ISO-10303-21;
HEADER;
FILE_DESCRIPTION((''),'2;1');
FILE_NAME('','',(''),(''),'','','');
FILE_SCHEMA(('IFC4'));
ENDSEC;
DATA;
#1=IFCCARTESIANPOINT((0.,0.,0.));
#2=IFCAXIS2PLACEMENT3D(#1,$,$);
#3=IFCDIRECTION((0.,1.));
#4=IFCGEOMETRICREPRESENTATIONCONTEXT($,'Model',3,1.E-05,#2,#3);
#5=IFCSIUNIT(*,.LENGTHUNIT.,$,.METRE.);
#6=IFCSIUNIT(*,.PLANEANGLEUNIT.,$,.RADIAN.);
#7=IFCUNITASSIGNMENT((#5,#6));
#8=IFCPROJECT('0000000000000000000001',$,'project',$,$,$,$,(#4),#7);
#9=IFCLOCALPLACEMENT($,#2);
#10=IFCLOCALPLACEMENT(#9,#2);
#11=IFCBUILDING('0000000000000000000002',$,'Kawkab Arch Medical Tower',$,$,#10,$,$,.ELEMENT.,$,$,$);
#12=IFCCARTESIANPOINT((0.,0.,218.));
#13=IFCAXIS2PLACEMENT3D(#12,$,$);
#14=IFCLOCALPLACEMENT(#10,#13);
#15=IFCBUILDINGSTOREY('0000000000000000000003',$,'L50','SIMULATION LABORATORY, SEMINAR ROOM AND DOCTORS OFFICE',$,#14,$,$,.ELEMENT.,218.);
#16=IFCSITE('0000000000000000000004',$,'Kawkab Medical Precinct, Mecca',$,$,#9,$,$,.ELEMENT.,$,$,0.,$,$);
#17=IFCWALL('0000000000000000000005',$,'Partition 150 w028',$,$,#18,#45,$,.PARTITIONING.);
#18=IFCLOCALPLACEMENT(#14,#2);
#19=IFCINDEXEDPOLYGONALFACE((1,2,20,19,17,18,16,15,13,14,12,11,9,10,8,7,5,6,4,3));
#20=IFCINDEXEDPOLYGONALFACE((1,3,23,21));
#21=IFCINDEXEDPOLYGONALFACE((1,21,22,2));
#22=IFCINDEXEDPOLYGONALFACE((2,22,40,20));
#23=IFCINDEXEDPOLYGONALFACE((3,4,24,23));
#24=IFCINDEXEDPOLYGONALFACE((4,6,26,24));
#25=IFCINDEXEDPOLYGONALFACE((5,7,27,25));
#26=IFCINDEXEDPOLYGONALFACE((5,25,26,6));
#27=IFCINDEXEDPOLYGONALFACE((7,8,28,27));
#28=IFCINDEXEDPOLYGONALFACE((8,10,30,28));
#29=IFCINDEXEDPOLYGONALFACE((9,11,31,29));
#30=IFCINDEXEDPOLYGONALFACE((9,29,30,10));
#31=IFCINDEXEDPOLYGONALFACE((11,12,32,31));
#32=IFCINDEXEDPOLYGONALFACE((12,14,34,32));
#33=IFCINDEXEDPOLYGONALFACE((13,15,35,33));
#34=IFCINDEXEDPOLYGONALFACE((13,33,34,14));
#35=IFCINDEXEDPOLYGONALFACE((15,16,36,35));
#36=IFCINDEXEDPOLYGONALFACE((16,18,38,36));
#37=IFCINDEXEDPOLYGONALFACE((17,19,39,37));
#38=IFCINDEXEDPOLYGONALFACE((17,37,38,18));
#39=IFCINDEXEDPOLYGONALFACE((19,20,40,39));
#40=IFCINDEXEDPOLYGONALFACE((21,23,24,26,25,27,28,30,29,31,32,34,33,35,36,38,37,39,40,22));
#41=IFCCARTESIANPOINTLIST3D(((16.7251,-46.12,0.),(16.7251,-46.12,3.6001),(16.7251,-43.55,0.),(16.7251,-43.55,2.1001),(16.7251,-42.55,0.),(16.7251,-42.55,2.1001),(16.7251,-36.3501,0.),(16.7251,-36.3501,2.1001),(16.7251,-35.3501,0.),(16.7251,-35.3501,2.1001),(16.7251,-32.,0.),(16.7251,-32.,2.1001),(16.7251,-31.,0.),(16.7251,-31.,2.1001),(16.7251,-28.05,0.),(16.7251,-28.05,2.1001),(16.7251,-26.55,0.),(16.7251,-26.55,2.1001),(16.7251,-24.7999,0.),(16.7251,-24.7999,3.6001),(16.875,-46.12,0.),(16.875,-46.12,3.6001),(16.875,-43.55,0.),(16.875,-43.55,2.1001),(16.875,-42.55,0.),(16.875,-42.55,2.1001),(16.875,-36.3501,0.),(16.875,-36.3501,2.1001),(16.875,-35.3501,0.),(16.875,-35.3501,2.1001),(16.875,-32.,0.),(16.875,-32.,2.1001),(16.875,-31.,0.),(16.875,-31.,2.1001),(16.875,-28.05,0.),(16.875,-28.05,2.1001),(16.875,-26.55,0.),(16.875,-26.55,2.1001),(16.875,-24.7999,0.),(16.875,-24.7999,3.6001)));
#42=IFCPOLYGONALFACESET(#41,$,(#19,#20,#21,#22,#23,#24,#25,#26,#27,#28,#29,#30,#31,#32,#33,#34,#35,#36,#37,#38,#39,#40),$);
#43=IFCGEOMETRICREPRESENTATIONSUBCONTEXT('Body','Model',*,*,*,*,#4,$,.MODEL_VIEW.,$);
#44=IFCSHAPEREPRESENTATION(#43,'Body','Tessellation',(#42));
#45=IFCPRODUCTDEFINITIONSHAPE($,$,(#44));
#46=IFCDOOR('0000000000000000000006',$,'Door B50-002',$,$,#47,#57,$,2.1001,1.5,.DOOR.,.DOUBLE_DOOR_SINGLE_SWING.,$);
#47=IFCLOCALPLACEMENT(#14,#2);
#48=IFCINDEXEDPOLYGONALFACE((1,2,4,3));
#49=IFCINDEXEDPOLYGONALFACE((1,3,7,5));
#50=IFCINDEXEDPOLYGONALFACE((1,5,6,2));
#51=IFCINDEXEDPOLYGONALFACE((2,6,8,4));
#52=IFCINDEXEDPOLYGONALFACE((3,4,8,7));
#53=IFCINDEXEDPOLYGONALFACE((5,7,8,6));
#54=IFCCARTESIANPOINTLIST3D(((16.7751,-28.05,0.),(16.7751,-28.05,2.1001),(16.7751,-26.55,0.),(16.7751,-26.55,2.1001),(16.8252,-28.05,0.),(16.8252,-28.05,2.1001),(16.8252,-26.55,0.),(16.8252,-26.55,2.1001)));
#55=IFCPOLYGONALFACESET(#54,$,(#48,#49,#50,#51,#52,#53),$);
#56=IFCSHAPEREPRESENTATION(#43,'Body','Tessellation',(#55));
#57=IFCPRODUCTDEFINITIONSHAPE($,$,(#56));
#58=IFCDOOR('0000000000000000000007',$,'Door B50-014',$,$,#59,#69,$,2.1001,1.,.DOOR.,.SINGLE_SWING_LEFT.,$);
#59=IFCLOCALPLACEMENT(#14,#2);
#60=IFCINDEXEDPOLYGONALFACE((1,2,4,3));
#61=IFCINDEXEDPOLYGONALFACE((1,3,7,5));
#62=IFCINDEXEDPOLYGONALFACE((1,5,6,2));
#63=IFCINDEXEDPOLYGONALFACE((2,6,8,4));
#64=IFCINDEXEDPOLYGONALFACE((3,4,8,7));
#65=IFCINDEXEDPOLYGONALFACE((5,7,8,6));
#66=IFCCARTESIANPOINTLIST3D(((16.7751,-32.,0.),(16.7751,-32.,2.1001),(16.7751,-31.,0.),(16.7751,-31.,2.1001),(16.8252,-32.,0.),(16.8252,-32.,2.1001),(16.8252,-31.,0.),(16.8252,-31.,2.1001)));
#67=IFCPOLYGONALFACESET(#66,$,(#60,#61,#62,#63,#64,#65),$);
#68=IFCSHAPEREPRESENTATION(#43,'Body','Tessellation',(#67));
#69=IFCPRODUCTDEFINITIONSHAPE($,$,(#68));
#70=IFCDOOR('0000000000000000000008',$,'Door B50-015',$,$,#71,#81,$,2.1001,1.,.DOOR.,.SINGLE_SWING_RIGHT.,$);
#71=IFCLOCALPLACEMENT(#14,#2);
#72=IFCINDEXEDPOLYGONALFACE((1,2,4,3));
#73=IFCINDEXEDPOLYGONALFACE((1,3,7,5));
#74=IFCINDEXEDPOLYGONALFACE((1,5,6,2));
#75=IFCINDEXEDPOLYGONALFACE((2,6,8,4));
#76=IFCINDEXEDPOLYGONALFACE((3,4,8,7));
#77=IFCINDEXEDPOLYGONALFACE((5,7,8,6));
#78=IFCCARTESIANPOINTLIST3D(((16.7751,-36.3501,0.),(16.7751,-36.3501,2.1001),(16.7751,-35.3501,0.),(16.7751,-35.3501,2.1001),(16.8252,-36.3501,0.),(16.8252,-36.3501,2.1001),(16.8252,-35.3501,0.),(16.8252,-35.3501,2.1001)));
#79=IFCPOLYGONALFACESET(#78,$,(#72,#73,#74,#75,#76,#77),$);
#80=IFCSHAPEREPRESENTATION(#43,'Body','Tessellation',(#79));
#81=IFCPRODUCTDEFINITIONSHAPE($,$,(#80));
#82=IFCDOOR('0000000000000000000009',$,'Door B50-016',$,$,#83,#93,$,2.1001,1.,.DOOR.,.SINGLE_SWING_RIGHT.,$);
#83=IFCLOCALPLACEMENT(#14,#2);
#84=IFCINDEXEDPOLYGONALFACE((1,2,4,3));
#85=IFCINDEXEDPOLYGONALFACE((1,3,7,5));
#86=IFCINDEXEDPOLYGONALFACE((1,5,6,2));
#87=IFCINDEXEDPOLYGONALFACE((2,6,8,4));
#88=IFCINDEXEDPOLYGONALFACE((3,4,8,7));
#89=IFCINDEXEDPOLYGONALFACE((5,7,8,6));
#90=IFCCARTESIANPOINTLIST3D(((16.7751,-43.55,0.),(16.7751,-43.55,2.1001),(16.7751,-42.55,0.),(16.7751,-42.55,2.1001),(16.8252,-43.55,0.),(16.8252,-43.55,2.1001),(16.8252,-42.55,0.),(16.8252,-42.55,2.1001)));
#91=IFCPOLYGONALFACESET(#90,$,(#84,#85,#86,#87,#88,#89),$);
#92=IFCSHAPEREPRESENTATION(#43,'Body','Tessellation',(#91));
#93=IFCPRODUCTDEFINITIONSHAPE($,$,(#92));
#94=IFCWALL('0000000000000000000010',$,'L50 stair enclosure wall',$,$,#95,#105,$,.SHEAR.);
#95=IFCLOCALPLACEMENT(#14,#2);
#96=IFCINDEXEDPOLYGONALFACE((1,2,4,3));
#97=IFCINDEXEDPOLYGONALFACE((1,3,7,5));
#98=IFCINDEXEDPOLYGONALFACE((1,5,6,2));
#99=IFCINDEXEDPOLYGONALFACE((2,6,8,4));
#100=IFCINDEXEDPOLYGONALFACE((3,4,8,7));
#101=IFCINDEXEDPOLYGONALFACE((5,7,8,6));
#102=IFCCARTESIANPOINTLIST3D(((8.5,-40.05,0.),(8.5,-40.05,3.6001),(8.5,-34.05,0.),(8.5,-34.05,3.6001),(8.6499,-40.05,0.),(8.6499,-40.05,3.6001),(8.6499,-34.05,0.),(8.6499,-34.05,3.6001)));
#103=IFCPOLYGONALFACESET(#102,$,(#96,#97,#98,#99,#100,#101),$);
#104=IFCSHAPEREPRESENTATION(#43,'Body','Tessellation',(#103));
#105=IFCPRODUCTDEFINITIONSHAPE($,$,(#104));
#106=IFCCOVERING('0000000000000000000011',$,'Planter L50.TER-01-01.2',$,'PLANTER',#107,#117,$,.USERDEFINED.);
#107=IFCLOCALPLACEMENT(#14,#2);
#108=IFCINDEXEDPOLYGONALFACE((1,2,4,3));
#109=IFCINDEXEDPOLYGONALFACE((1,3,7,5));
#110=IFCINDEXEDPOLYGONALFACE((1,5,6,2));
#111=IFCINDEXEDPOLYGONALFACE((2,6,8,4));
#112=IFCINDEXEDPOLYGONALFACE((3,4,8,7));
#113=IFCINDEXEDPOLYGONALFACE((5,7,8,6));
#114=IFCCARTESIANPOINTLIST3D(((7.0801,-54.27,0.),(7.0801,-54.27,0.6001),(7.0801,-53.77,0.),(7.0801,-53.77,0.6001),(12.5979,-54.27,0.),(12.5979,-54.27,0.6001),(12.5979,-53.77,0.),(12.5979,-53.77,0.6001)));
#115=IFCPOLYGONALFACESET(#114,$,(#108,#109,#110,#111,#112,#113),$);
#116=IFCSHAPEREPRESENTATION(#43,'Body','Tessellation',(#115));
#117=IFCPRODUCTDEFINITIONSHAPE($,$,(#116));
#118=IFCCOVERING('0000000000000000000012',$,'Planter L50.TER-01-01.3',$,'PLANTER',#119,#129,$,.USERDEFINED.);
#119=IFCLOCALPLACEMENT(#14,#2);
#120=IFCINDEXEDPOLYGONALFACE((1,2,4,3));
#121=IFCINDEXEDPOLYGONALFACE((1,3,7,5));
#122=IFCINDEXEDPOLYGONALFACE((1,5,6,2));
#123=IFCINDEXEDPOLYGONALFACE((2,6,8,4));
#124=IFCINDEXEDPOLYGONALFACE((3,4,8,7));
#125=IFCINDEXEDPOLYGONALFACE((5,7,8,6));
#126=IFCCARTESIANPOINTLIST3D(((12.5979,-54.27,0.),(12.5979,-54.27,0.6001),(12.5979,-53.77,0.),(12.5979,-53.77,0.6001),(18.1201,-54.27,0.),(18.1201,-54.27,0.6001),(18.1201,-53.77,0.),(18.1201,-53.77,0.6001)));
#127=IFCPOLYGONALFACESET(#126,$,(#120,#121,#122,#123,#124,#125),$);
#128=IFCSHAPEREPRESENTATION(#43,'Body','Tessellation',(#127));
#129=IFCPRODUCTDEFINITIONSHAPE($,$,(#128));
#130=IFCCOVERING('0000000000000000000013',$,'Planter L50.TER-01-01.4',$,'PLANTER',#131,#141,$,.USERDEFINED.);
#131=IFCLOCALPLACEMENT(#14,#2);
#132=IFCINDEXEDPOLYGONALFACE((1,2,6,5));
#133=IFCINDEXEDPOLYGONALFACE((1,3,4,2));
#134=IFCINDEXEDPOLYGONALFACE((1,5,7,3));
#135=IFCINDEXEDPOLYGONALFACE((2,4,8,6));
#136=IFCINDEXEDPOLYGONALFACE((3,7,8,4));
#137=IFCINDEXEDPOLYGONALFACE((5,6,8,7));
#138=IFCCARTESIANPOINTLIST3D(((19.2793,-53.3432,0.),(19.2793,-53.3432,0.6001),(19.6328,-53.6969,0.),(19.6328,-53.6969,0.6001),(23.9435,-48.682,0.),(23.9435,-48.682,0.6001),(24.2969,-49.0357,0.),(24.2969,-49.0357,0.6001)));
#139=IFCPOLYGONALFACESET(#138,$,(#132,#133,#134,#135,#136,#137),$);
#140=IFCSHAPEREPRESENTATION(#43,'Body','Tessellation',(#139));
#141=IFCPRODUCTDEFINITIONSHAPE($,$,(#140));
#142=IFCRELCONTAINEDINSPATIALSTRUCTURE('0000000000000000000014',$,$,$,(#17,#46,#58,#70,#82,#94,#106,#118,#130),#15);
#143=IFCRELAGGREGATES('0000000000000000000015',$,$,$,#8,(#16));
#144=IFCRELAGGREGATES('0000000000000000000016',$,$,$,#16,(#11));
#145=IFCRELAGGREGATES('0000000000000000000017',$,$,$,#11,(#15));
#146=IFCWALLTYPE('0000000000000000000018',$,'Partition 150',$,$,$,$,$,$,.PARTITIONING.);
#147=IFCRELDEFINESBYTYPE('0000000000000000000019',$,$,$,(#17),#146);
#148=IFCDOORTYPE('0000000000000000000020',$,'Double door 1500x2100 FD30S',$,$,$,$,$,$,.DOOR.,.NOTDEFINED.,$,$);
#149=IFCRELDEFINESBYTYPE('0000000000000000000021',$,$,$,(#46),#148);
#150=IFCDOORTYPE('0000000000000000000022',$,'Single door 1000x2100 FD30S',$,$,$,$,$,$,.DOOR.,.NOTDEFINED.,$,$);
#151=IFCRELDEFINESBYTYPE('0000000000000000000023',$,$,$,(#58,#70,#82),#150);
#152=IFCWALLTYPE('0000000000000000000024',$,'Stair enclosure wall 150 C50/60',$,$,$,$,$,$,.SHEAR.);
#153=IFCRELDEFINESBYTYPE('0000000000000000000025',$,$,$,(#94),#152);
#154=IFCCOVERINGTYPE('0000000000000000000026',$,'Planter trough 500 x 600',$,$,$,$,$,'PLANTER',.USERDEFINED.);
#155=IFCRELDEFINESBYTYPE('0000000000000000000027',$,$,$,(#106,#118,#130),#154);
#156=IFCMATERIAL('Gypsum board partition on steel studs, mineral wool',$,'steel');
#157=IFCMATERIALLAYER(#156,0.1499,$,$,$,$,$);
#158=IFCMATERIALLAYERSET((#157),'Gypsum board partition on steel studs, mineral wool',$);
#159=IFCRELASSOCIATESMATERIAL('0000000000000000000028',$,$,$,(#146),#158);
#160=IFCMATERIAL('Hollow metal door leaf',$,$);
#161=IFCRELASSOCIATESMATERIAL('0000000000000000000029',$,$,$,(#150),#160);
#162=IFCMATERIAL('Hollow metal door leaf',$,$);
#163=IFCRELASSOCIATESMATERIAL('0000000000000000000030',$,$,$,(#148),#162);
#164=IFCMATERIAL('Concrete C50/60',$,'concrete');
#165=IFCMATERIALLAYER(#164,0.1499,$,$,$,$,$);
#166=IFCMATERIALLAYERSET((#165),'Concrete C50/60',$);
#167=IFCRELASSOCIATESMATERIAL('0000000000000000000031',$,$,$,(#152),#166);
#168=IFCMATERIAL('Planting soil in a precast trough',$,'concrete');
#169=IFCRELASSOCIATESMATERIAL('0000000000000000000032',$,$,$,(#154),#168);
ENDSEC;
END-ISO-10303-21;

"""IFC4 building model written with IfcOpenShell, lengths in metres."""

from ifc_helpers import new_model, si_unit, direction, frame, frame_2d, origin, origin_2d, place, context, subcontext, project, spatial, rectangle, extrude, material, layer, layer_set, material_profile, profile_set, type_object, element, fill, save


model = new_model("IFC4")

# Units and contexts
model_context = context("Model", 3, precision=1e-05, world=origin(), true_north=direction((0.0, 1.0)))
body_context = subcontext(model_context, "Body", "Model", "MODEL_VIEW")
ifc_project = project(units=[si_unit("LENGTHUNIT", "METRE"), si_unit("PLANEANGLEUNIT", "RADIAN")], contexts=[model_context])

# Site, building, storey
site_placement = place(None, origin())
site = spatial("IfcSite", under=ifc_project, at=site_placement, Name="Kawkab Medical Precinct, Mecca", CompositionType="ELEMENT", RefElevation=0.0)
building_placement = place(site_placement, origin())
building = spatial("IfcBuilding", under=site, at=building_placement, Name="Kawkab Arch Medical Tower", CompositionType="ELEMENT")
storey_placement = place(building_placement, frame((0.0, 0.0, 218.0)))
storey = spatial("IfcBuildingStorey", under=building, at=storey_placement, Name="L50", Description="SIMULATION LABORATORY, SEMINAR ROOM AND DOCTORS OFFICE", CompositionType="ELEMENT", Elevation=218.0)

# Shared definitions
ifc_material_1 = material(Name="Gypsum board partition on steel studs, mineral wool", Category="steel")
ifc_layer_1 = layer(ifc_material_1, 0.1499)
ifc_layer_set_1 = layer_set([ifc_layer_1], Name="Gypsum board partition on steel studs, mineral wool")
wall_type_1 = type_object("IfcWallType", Name="Partition 150", PredefinedType="PARTITIONING", material=ifc_layer_set_1)

# Shared definitions
ifc_material_2 = material(Name="Hollow metal door leaf")
door_type_1 = type_object("IfcDoorType", Name="Single door 1000x2100 FD30S", OperationType="NOTDEFINED", PredefinedType="DOOR", material=ifc_material_2)

# Wall, openings, doors
wall_1_placement = place(storey_placement, frame((16.8, -46.1201, 0.0), z_axis=(0.0, 0.0, 1.0), x_axis=(0.0, 1.0, 0.0)))
wall_1 = element("IfcWall", 1, at=wall_1_placement, inside=storey, type_object=wall_type_1, Name="Partition 150 w028", PredefinedType="PARTITIONING", context=body_context, shape_type="SweptSolid", body=[
    extrude(rectangle(XDim=21.3201, YDim=0.1499, at=frame_2d((10.6602, 0.0))), origin(), (0.0, 0.0, 1.0), 3.6001),
])
opening_1_placement = place(wall_1_placement, frame((18.0701, 0.0, 0.0)))
opening_1 = element("IfcOpeningElement", 2, at=opening_1_placement, cuts=wall_1, PredefinedType="OPENING", context=body_context, shape_type="SweptSolid", body=[
    extrude(rectangle(XDim=1.5, YDim=2.1001, at=frame_2d((0.75, 1.05))), frame((0.0, 0.085, 0.0), z_axis=(0.0, -1.0, 0.0), x_axis=(1.0, 0.0, 0.0)), (0.0, 0.0, 1.0), 0.1699),
])
opening_2_placement = place(wall_1_placement, frame((14.1201, 0.0, 0.0)))
opening_2 = element("IfcOpeningElement", 3, at=opening_2_placement, cuts=wall_1, PredefinedType="OPENING", context=body_context, shape_type="SweptSolid", body=[
    extrude(rectangle(XDim=1.0, YDim=2.1001, at=frame_2d((0.5, 1.05))), frame((0.0, 0.085, 0.0), z_axis=(0.0, -1.0, 0.0), x_axis=(1.0, 0.0, 0.0)), (0.0, 0.0, 1.0), 0.1699),
])
opening_3_placement = place(wall_1_placement, frame((9.77, 0.0, 0.0)))
opening_3 = element("IfcOpeningElement", 4, at=opening_3_placement, cuts=wall_1, PredefinedType="OPENING", context=body_context, shape_type="SweptSolid", body=[
    extrude(rectangle(XDim=1.0, YDim=2.1001, at=frame_2d((0.5, 1.05))), frame((0.0, 0.085, 0.0), z_axis=(0.0, -1.0, 0.0), x_axis=(1.0, 0.0, 0.0)), (0.0, 0.0, 1.0), 0.1699),
])
opening_4_placement = place(wall_1_placement, frame((2.5701, 0.0, 0.0)))
opening_4 = element("IfcOpeningElement", 5, at=opening_4_placement, cuts=wall_1, PredefinedType="OPENING", context=body_context, shape_type="SweptSolid", body=[
    extrude(rectangle(XDim=1.0, YDim=2.1001, at=frame_2d((0.5, 1.05))), frame((0.0, 0.085, 0.0), z_axis=(0.0, -1.0, 0.0), x_axis=(1.0, 0.0, 0.0)), (0.0, 0.0, 1.0), 0.1699),
])
ifc_material_3 = material(Name="Hollow metal door leaf")
door_type_2 = type_object("IfcDoorType", Name="Double door 1500x2100 FD30S", OperationType="NOTDEFINED", PredefinedType="DOOR", material=ifc_material_3)
door_1_placement = place(opening_1_placement, origin())
door_1 = element("IfcDoor", 6, at=door_1_placement, inside=storey, type_object=door_type_2, Name="Door B50-002", OperationType="DOUBLE_DOOR_SINGLE_SWING", OverallHeight=2.1001, OverallWidth=1.5, PredefinedType="DOOR", context=body_context, shape_type="SweptSolid", body=[
    extrude(rectangle(XDim=1.5, YDim=2.1001, at=frame_2d((0.75, 1.05))), frame((0.0, 0.0249, 0.0), z_axis=(0.0, -1.0, 0.0), x_axis=(1.0, 0.0, 0.0)), (0.0, 0.0, 1.0), 0.05),
])
fill(opening_1, door_1)
door_2_placement = place(opening_2_placement, origin())
door_2 = element("IfcDoor", 7, at=door_2_placement, inside=storey, type_object=door_type_1, Name="Door B50-014", OperationType="SINGLE_SWING_LEFT", OverallHeight=2.1001, OverallWidth=1.0, PredefinedType="DOOR", context=body_context, shape_type="SweptSolid", body=[
    extrude(rectangle(XDim=1.0, YDim=2.1001, at=frame_2d((0.5, 1.05))), frame((0.0, 0.0249, 0.0), z_axis=(0.0, -1.0, 0.0), x_axis=(1.0, 0.0, 0.0)), (0.0, 0.0, 1.0), 0.05),
])
fill(opening_2, door_2)
door_3_placement = place(opening_3_placement, origin())
door_3 = element("IfcDoor", 8, at=door_3_placement, inside=storey, type_object=door_type_1, Name="Door B50-015", OperationType="SINGLE_SWING_RIGHT", OverallHeight=2.1001, OverallWidth=1.0, PredefinedType="DOOR", context=body_context, shape_type="SweptSolid", body=[
    extrude(rectangle(XDim=1.0, YDim=2.1001, at=frame_2d((0.5, 1.05))), frame((0.0, 0.0249, 0.0), z_axis=(0.0, -1.0, 0.0), x_axis=(1.0, 0.0, 0.0)), (0.0, 0.0, 1.0), 0.05),
])
fill(opening_3, door_3)
door_4_placement = place(opening_4_placement, origin())
door_4 = element("IfcDoor", 9, at=door_4_placement, inside=storey, type_object=door_type_1, Name="Door B50-016", OperationType="SINGLE_SWING_RIGHT", OverallHeight=2.1001, OverallWidth=1.0, PredefinedType="DOOR", context=body_context, shape_type="SweptSolid", body=[
    extrude(rectangle(XDim=1.0, YDim=2.1001, at=frame_2d((0.5, 1.05))), frame((0.0, 0.0249, 0.0), z_axis=(0.0, -1.0, 0.0), x_axis=(1.0, 0.0, 0.0)), (0.0, 0.0, 1.0), 0.05),
])
fill(opening_4, door_4)

# Wall
ifc_material_4 = material(Name="Concrete C50/60", Category="concrete")
ifc_layer_2 = layer(ifc_material_4, 0.1499)
ifc_layer_set_2 = layer_set([ifc_layer_2], Name="Concrete C50/60")
wall_type_2 = type_object("IfcWallType", Name="Stair enclosure wall 150 C50/60", PredefinedType="SHEAR", material=ifc_layer_set_2)
wall_2_placement = place(storey_placement, frame((8.575, -40.05, 0.0), z_axis=(0.0, 0.0, 1.0), x_axis=(0.0, 1.0, 0.0)))
element("IfcWall", 10, at=wall_2_placement, inside=storey, type_object=wall_type_2, Name="L50 stair enclosure wall", PredefinedType="SHEAR", context=body_context, shape_type="SweptSolid", body=[
    extrude(rectangle(XDim=6.0, YDim=0.1499, at=frame_2d((3.0, 0.0))), origin(), (0.0, 0.0, 1.0), 3.6001),
])

# Coverings
ifc_material_5 = material(Name="Planting soil in a precast trough", Category="concrete")
ifc_material_profile_1 = material_profile(ifc_material_5, rectangle(XDim=0.5, YDim=0.6001, at=origin_2d()), Name="Trough 500x600")
ifc_profile_set_1 = profile_set([ifc_material_profile_1], Name="Planting soil in a precast trough")
covering_type = type_object("IfcCoveringType", Name="Planter trough 500 x 600", ElementType="PLANTER", PredefinedType="USERDEFINED", material=ifc_profile_set_1)
covering_1_placement = place(storey_placement, frame((7.0801, -54.02, 0.3), z_axis=(1.0, 0.0, 0.0), x_axis=(0.0, 1.0, 0.0)))
element("IfcCovering", 11, at=covering_1_placement, inside=storey, type_object=covering_type, Name="Planter L50.TER-01-01.2", ObjectType="PLANTER", PredefinedType="USERDEFINED", context=body_context, shape_type="SweptSolid", body=[
    extrude(rectangle(XDim=0.5, YDim=0.6001, at=origin_2d()), origin(), (0.0, 0.0, 1.0), 5.5178),
])
covering_2_placement = place(storey_placement, frame((12.5979, -54.02, 0.3), z_axis=(1.0, 0.0, 0.0), x_axis=(0.0, 1.0, 0.0)))
element("IfcCovering", 12, at=covering_2_placement, inside=storey, type_object=covering_type, Name="Planter L50.TER-01-01.3", ObjectType="PLANTER", PredefinedType="USERDEFINED", context=body_context, shape_type="SweptSolid", body=[
    extrude(rectangle(XDim=0.5, YDim=0.6001, at=origin_2d()), origin(), (0.0, 0.0, 1.0), 5.5222),
])
covering_3_placement = place(storey_placement, frame((19.4561, -53.52, 0.3), z_axis=(0.707329, 0.706885, 0.0), x_axis=(-0.706885, 0.707329, 0.0)))
element("IfcCovering", 13, at=covering_3_placement, inside=storey, type_object=covering_type, Name="Planter L50.TER-01-01.4", ObjectType="PLANTER", PredefinedType="USERDEFINED", context=body_context, shape_type="SweptSolid", body=[
    extrude(rectangle(XDim=0.5, YDim=0.6001, at=origin_2d()), origin(), (0.0, 0.0, 1.0), 6.594),
])

save(model, "model.ifc")
